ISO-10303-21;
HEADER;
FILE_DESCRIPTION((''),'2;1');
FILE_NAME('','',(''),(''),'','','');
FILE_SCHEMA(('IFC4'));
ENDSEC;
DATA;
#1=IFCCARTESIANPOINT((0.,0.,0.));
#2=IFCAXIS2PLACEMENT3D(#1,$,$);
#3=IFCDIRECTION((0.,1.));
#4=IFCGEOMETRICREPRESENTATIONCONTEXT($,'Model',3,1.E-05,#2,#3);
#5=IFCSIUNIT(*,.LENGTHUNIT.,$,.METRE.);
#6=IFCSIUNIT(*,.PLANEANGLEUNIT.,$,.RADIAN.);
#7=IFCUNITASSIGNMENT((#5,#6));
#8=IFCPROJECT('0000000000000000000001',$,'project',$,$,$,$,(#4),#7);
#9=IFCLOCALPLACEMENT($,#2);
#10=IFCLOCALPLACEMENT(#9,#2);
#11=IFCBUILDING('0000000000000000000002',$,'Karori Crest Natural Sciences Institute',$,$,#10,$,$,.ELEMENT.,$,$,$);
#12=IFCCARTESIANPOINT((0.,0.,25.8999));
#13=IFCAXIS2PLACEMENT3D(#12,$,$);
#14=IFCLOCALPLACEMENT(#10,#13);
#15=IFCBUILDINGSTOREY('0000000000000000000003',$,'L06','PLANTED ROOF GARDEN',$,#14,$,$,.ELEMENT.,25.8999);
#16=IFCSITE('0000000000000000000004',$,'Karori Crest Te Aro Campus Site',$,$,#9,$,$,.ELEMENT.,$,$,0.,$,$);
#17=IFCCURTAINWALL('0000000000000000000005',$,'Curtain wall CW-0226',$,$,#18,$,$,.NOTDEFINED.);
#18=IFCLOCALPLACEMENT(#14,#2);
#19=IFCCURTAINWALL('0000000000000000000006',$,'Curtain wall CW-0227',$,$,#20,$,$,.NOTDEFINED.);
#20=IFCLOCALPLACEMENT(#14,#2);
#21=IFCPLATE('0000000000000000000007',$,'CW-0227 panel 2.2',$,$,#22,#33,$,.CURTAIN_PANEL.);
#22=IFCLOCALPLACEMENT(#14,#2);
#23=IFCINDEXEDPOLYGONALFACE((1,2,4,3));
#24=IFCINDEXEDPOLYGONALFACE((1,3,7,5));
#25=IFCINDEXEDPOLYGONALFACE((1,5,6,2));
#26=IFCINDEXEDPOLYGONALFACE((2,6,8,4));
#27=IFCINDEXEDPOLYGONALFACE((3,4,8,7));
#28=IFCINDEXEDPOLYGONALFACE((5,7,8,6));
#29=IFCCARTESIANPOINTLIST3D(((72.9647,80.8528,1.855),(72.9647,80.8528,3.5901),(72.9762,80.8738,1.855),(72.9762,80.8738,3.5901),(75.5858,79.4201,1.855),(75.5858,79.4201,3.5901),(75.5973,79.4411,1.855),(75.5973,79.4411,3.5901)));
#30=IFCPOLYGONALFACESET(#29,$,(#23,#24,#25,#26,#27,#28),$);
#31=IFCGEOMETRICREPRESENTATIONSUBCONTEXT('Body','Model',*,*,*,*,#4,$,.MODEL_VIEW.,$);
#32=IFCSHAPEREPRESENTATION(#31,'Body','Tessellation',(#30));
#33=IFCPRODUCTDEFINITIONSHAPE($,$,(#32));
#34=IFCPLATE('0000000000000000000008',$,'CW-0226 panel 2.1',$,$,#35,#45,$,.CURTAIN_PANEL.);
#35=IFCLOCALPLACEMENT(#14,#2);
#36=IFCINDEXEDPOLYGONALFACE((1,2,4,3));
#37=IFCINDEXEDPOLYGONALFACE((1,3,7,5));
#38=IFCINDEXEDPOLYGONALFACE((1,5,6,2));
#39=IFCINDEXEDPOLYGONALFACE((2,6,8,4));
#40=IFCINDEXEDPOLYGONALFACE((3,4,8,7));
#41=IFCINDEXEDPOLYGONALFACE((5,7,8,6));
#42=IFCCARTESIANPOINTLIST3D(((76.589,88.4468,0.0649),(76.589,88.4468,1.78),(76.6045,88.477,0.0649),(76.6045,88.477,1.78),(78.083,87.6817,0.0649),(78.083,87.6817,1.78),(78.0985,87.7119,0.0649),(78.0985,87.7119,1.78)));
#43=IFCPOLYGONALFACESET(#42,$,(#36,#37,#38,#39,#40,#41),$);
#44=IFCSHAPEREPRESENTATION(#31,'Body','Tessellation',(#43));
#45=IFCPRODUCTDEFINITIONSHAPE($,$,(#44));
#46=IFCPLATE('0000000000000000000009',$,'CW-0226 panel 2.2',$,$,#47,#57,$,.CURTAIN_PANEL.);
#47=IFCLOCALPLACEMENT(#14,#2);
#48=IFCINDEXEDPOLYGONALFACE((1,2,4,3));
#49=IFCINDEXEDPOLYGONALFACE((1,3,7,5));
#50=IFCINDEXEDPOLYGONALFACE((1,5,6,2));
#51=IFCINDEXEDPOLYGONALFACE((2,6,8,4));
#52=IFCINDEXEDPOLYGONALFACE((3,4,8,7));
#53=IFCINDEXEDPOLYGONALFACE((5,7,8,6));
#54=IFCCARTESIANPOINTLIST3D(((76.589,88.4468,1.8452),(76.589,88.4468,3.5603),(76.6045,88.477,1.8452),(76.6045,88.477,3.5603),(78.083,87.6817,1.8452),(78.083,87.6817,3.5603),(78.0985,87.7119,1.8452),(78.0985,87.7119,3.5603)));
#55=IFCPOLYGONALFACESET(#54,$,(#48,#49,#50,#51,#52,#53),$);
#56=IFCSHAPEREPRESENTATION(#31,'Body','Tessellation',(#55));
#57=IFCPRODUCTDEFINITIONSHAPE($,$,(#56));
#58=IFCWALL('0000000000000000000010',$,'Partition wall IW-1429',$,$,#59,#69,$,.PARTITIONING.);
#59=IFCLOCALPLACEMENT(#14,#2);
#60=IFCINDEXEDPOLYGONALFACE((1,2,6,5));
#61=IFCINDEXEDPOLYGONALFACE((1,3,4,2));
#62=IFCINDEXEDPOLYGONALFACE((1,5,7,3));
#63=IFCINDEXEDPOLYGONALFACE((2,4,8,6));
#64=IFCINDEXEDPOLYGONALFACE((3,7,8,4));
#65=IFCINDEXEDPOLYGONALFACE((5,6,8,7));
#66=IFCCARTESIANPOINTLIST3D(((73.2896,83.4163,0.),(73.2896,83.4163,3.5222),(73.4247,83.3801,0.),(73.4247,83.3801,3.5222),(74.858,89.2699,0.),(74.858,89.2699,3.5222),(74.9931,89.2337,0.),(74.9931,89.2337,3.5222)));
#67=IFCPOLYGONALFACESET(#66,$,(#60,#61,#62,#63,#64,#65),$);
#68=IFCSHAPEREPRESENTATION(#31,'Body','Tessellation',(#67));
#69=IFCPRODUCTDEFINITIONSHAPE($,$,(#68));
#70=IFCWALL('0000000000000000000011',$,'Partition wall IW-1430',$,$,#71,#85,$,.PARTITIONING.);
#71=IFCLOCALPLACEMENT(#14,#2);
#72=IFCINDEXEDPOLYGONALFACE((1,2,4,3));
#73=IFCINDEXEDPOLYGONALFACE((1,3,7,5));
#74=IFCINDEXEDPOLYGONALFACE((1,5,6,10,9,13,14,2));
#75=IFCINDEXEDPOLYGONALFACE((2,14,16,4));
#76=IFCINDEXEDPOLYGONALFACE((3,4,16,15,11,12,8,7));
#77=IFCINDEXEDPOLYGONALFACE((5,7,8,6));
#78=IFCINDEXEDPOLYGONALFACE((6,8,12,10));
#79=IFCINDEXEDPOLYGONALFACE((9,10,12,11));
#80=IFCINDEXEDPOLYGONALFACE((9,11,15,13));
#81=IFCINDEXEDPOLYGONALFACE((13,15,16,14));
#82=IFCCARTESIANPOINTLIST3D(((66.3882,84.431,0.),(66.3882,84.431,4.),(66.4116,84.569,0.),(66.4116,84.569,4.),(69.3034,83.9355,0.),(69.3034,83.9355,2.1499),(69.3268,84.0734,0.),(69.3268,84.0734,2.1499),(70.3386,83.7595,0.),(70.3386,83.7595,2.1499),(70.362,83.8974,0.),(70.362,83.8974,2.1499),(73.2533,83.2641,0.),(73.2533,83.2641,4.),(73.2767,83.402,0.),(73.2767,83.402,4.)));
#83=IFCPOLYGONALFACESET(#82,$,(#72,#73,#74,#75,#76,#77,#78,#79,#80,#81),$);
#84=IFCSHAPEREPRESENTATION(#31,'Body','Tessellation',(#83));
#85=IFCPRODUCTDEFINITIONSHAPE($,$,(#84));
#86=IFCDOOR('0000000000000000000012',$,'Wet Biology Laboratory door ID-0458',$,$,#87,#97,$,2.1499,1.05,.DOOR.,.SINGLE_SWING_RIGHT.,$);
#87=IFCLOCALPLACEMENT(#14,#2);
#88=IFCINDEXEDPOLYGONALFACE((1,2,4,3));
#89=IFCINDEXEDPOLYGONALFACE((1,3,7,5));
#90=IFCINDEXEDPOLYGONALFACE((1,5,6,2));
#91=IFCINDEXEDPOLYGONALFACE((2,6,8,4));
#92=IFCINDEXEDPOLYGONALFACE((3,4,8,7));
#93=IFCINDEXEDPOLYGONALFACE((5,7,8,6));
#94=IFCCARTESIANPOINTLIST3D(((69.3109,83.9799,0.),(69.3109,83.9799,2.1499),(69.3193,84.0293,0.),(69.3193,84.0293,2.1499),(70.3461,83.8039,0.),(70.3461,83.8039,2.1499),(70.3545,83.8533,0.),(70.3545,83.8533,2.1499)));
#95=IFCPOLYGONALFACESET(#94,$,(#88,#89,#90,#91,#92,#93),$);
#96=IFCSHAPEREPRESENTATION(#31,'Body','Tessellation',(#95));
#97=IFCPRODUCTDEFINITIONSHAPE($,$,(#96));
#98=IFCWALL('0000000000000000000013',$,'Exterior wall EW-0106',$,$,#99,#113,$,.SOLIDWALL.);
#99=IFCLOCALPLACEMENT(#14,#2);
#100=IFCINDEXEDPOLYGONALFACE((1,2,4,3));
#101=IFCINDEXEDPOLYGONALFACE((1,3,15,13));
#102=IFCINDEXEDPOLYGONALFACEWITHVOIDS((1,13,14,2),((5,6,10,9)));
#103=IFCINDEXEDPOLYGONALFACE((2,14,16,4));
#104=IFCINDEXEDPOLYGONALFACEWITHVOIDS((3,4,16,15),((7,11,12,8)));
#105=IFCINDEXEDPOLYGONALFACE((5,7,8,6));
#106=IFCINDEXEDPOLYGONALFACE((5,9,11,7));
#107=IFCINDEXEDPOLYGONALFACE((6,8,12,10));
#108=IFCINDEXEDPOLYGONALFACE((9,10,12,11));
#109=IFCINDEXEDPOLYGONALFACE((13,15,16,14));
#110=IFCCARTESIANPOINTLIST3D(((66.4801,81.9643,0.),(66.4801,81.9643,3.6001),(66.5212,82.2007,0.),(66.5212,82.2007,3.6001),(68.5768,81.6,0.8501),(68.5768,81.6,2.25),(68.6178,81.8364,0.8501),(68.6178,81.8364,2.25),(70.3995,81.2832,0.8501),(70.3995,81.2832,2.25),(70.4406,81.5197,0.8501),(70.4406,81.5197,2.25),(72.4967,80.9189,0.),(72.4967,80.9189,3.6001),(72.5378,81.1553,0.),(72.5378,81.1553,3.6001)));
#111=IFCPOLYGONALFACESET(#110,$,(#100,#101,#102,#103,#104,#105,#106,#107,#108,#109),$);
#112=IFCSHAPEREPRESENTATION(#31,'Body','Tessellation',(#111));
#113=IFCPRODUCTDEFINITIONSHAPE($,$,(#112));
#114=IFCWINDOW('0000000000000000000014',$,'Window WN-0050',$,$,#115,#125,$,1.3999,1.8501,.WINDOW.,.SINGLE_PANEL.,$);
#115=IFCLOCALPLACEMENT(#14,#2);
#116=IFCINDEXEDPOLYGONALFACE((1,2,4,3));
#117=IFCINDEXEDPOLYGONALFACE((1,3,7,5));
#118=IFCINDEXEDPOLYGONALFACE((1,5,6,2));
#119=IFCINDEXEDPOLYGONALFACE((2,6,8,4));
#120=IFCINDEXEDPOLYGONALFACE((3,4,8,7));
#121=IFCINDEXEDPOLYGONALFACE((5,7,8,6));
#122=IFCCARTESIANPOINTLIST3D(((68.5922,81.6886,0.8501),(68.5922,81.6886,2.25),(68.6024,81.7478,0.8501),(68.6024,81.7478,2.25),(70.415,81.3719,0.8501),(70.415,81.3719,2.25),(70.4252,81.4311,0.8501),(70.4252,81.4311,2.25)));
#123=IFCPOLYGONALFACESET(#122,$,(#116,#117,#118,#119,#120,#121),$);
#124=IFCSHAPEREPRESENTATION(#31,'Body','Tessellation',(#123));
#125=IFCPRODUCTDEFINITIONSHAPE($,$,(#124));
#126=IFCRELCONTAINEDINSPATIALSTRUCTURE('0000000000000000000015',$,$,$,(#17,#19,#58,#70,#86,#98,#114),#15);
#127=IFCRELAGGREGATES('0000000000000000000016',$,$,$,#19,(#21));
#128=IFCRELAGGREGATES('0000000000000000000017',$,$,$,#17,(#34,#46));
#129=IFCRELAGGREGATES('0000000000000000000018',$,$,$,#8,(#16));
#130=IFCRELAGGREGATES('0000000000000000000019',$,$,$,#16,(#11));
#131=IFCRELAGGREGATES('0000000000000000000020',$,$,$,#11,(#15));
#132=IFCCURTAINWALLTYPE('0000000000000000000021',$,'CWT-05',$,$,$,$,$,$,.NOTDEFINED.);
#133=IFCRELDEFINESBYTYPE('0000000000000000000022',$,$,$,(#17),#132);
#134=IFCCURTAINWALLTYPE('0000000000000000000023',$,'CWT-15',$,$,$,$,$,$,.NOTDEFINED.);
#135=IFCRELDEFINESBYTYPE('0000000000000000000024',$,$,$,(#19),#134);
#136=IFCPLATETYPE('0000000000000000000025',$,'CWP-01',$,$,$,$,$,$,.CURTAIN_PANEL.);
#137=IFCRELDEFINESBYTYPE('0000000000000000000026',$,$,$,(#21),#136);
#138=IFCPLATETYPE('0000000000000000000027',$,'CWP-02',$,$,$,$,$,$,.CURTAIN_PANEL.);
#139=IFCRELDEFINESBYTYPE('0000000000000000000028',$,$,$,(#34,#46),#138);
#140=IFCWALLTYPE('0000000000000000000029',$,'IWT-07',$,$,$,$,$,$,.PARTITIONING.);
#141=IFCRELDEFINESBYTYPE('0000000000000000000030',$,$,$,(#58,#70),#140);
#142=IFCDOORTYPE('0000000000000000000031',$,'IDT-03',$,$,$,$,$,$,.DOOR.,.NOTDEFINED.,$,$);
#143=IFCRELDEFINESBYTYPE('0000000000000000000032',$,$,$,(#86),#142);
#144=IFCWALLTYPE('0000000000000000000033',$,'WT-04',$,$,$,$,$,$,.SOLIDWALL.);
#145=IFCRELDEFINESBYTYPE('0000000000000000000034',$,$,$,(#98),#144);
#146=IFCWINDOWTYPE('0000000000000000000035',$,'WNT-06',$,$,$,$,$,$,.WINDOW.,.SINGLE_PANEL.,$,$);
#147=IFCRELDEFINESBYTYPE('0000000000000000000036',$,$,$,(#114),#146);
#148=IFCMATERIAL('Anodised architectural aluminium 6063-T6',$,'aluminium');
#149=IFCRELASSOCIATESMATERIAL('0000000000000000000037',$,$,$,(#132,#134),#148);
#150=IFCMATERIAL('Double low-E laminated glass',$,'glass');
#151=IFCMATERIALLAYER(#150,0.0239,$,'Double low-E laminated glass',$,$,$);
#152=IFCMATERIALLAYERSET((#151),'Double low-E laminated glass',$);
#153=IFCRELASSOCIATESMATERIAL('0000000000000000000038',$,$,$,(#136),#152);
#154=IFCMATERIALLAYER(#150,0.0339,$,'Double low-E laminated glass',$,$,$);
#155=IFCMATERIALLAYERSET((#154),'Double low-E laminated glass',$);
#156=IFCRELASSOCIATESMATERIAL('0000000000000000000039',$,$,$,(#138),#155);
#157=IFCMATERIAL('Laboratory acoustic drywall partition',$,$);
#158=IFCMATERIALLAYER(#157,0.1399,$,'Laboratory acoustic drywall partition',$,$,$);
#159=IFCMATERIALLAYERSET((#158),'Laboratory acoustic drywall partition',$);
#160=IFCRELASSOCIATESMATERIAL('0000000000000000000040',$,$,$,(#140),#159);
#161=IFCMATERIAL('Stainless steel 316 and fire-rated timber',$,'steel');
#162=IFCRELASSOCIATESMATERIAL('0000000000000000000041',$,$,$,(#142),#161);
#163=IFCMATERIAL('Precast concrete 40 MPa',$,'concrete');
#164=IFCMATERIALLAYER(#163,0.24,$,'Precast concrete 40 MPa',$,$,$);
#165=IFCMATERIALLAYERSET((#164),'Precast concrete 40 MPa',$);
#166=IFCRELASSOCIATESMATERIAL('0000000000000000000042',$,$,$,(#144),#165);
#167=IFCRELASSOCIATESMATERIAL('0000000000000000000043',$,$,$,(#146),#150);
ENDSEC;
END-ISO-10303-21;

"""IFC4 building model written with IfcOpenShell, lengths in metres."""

from ifc_helpers import new_model, si_unit, direction, frame, frame_2d, origin, origin_2d, place, context, subcontext, project, spatial, rectangle, extrude, material, layer, layer_set, type_object, element, fill, aggregate, save


model = new_model("IFC4")

# Units and contexts
model_context = context("Model", 3, precision=1e-05, world=origin(), true_north=direction((0.0, 1.0)))
body_context = subcontext(model_context, "Body", "Model", "MODEL_VIEW")
ifc_project = project(units=[si_unit("LENGTHUNIT", "METRE"), si_unit("PLANEANGLEUNIT", "RADIAN")], contexts=[model_context])

# Site, building, storey
site_placement = place(None, origin())
site = spatial("IfcSite", under=ifc_project, at=site_placement, Name="Karori Crest Te Aro Campus Site", CompositionType="ELEMENT", RefElevation=0.0)
building_placement = place(site_placement, origin())
building = spatial("IfcBuilding", under=site, at=building_placement, Name="Karori Crest Natural Sciences Institute", CompositionType="ELEMENT")
storey_placement = place(building_placement, frame((0.0, 0.0, 25.8999)))
storey = spatial("IfcBuildingStorey", under=building, at=storey_placement, Name="L06", Description="PLANTED ROOF GARDEN", CompositionType="ELEMENT", Elevation=25.8999)

# Curtain wall
ifc_material_1 = material(Name="Anodised architectural aluminium 6063-T6", Category="aluminium")
curtain_wall_type_1 = type_object("IfcCurtainWallType", Name="CWT-05", PredefinedType="NOTDEFINED", material=ifc_material_1)
curtain_wall_1_placement = place(storey_placement, origin())
curtain_wall_1 = element("IfcCurtainWall", 1, at=curtain_wall_1_placement, inside=storey, type_object=curtain_wall_type_1, Name="Curtain wall CW-0226", PredefinedType="NOTDEFINED")

# Curtain wall
curtain_wall_type_2 = type_object("IfcCurtainWallType", Name="CWT-15", PredefinedType="NOTDEFINED", material=ifc_material_1)
curtain_wall_2_placement = place(storey_placement, origin())
curtain_wall_2 = element("IfcCurtainWall", 2, at=curtain_wall_2_placement, inside=storey, type_object=curtain_wall_type_2, Name="Curtain wall CW-0227", PredefinedType="NOTDEFINED")

# Plates
ifc_material_2 = material(Name="Double low-E laminated glass", Category="glass")
ifc_layer_1 = layer(ifc_material_2, 0.0239, Name="Double low-E laminated glass")
ifc_layer_set_1 = layer_set([ifc_layer_1], Name="Double low-E laminated glass")
plate_type_1 = type_object("IfcPlateType", Name="CWP-01", PredefinedType="CURTAIN_PANEL", material=ifc_layer_set_1)
plate_1_placement = place(storey_placement, frame((74.281, 80.147, 1.855), z_axis=(0.0, 0.0, 1.0), x_axis=(-0.87747, 0.479631, 0.0)))
plate_1 = element("IfcPlate", 3, at=plate_1_placement, type_object=plate_type_1, Name="CW-0227 panel 2.2", PredefinedType="CURTAIN_PANEL", context=body_context, shape_type="SweptSolid", body=[
    extrude(rectangle(XDim=2.9871, YDim=0.0239, at=origin_2d()), origin(), (0.0, 0.0, 1.0), 1.7351),
])
aggregate(curtain_wall_2, [plate_1])
ifc_layer_2 = layer(ifc_material_2, 0.0339, Name="Double low-E laminated glass")
ifc_layer_set_2 = layer_set([ifc_layer_2], Name="Double low-E laminated glass")
plate_type_2 = type_object("IfcPlateType", Name="CWP-02", PredefinedType="CURTAIN_PANEL", material=ifc_layer_set_2)
plate_2_placement = place(storey_placement, frame((77.3438, 88.0793, 0.0649), z_axis=(0.0, 0.0, 1.0), x_axis=(0.890067, -0.455829, 0.0)))
plate_2 = element("IfcPlate", 4, at=plate_2_placement, type_object=plate_type_2, Name="CW-0226 panel 2.1", PredefinedType="CURTAIN_PANEL", context=body_context, shape_type="SweptSolid", body=[
    extrude(rectangle(XDim=1.6785, YDim=0.0339, at=origin_2d()), origin(), (0.0, 0.0, 1.0), 1.7151),
])
plate_3_placement = place(storey_placement, frame((77.3438, 88.0793, 1.8452), z_axis=(0.0, 0.0, 1.0), x_axis=(0.890067, -0.455829, 0.0)))
plate_3 = element("IfcPlate", 5, at=plate_3_placement, type_object=plate_type_2, Name="CW-0226 panel 2.2", PredefinedType="CURTAIN_PANEL", context=body_context, shape_type="SweptSolid", body=[
    extrude(rectangle(XDim=1.6785, YDim=0.0339, at=origin_2d()), origin(), (0.0, 0.0, 1.0), 1.7151),
])
aggregate(curtain_wall_1, [plate_2, plate_3])

# Wall
ifc_material_3 = material(Name="Laboratory acoustic drywall partition")
ifc_layer_3 = layer(ifc_material_3, 0.1399, Name="Laboratory acoustic drywall partition")
ifc_layer_set_3 = layer_set([ifc_layer_3], Name="Laboratory acoustic drywall partition")
wall_type_1 = type_object("IfcWallType", Name="IWT-07", PredefinedType="PARTITIONING", material=ifc_layer_set_3)
wall_1_placement = place(storey_placement, frame((73.3572, 83.3982, 0.0), z_axis=(0.0, 0.0, 1.0), x_axis=(0.258806, 0.965929, 0.0)))
element("IfcWall", 6, at=wall_1_placement, inside=storey, type_object=wall_type_1, Name="Partition wall IW-1429", PredefinedType="PARTITIONING", context=body_context, shape_type="SweptSolid", body=[
    extrude(rectangle(XDim=6.0601, YDim=0.1399, at=frame_2d((3.03, 0.0))), origin(), (0.0, 0.0, 1.0), 3.5222),
])

# Wall, opening, door
wall_2_placement = place(storey_placement, frame((73.2651, 83.333, 0.0), z_axis=(0.0, 0.0, 1.0), x_axis=(-0.985858, 0.167582, 0.0)))
wall_2 = element("IfcWall", 7, at=wall_2_placement, inside=storey, type_object=wall_type_1, Name="Partition wall IW-1430", PredefinedType="PARTITIONING", context=body_context, shape_type="SweptSolid", body=[
    extrude(rectangle(XDim=6.9636, YDim=0.1399, at=frame_2d((3.4819, 0.0))), origin(), (0.0, 0.0, 1.0), 4.0),
])
opening_1_placement = place(wall_2_placement, frame((2.9568, 0.0, 0.0)))
opening_1 = element("IfcOpeningElement", 8, at=opening_1_placement, cuts=wall_2, PredefinedType="OPENING", context=body_context, shape_type="SweptSolid", body=[
    extrude(rectangle(XDim=1.05, YDim=2.1499, at=frame_2d((0.5249, 1.075))), frame((0.0, 0.0801, 0.0), z_axis=(0.0, -1.0, 0.0), x_axis=(1.0, 0.0, 0.0)), (0.0, 0.0, 1.0), 0.1599),
])
ifc_material_4 = material(Name="Stainless steel 316 and fire-rated timber", Category="steel")
door_type = type_object("IfcDoorType", Name="IDT-03", OperationType="NOTDEFINED", PredefinedType="DOOR", material=ifc_material_4)
door_placement = place(opening_1_placement, origin())
door = element("IfcDoor", 9, at=door_placement, inside=storey, type_object=door_type, Name="Wet Biology Laboratory door ID-0458", OperationType="SINGLE_SWING_RIGHT", OverallHeight=2.1499, OverallWidth=1.05, PredefinedType="DOOR", context=body_context, shape_type="SweptSolid", body=[
    extrude(rectangle(XDim=1.05, YDim=2.1499, at=frame_2d((0.5249, 1.075))), frame((0.0, 0.0249, 0.0), z_axis=(0.0, -1.0, 0.0), x_axis=(1.0, 0.0, 0.0)), (0.0, 0.0, 1.0), 0.05),
])
fill(opening_1, door)

# Wall, opening, window
ifc_material_5 = material(Name="Precast concrete 40 MPa", Category="concrete")
ifc_layer_4 = layer(ifc_material_5, 0.24, Name="Precast concrete 40 MPa")
ifc_layer_set_4 = layer_set([ifc_layer_4], Name="Precast concrete 40 MPa")
wall_type_2 = type_object("IfcWallType", Name="WT-04", PredefinedType="SOLIDWALL", material=ifc_layer_set_4)
wall_3_placement = place(storey_placement, frame((72.5171, 81.0371, 0.0), z_axis=(0.0, 0.0, 1.0), x_axis=(-0.985238, 0.171189, 0.0)))
wall_3 = element("IfcWall", 10, at=wall_3_placement, inside=storey, type_object=wall_type_2, Name="Exterior wall EW-0106", PredefinedType="SOLIDWALL", context=body_context, shape_type="SweptSolid", body=[
    extrude(rectangle(XDim=6.1067, YDim=0.24, at=frame_2d((3.0532, 0.0))), origin(), (0.0, 0.0, 1.0), 3.6001),
])
opening_2_placement = place(wall_3_placement, frame((2.1284, 0.0, 0.8501)))
opening_2 = element("IfcOpeningElement", 11, at=opening_2_placement, cuts=wall_3, PredefinedType="OPENING", context=body_context, shape_type="SweptSolid", body=[
    extrude(rectangle(XDim=1.8501, YDim=1.3999, at=frame_2d((0.925, 0.7))), frame((0.0, 0.1299, 0.0), z_axis=(0.0, -1.0, 0.0), x_axis=(1.0, 0.0, 0.0)), (0.0, 0.0, 1.0), 0.26),
])
window_type = type_object("IfcWindowType", Name="WNT-06", PartitioningType="SINGLE_PANEL", PredefinedType="WINDOW", material=ifc_material_2)
window_placement = place(opening_2_placement, origin())
window = element("IfcWindow", 12, at=window_placement, inside=storey, type_object=window_type, Name="Window WN-0050", OverallHeight=1.3999, OverallWidth=1.8501, PartitioningType="SINGLE_PANEL", PredefinedType="WINDOW", context=body_context, shape_type="SweptSolid", body=[
    extrude(rectangle(XDim=1.8501, YDim=1.3999, at=frame_2d((0.925, 0.7))), frame((0.0, 0.03, 0.0), z_axis=(0.0, -1.0, 0.0), x_axis=(1.0, 0.0, 0.0)), (0.0, 0.0, 1.0), 0.0601),
])
fill(opening_2, window)

save(model, "model.ifc")
